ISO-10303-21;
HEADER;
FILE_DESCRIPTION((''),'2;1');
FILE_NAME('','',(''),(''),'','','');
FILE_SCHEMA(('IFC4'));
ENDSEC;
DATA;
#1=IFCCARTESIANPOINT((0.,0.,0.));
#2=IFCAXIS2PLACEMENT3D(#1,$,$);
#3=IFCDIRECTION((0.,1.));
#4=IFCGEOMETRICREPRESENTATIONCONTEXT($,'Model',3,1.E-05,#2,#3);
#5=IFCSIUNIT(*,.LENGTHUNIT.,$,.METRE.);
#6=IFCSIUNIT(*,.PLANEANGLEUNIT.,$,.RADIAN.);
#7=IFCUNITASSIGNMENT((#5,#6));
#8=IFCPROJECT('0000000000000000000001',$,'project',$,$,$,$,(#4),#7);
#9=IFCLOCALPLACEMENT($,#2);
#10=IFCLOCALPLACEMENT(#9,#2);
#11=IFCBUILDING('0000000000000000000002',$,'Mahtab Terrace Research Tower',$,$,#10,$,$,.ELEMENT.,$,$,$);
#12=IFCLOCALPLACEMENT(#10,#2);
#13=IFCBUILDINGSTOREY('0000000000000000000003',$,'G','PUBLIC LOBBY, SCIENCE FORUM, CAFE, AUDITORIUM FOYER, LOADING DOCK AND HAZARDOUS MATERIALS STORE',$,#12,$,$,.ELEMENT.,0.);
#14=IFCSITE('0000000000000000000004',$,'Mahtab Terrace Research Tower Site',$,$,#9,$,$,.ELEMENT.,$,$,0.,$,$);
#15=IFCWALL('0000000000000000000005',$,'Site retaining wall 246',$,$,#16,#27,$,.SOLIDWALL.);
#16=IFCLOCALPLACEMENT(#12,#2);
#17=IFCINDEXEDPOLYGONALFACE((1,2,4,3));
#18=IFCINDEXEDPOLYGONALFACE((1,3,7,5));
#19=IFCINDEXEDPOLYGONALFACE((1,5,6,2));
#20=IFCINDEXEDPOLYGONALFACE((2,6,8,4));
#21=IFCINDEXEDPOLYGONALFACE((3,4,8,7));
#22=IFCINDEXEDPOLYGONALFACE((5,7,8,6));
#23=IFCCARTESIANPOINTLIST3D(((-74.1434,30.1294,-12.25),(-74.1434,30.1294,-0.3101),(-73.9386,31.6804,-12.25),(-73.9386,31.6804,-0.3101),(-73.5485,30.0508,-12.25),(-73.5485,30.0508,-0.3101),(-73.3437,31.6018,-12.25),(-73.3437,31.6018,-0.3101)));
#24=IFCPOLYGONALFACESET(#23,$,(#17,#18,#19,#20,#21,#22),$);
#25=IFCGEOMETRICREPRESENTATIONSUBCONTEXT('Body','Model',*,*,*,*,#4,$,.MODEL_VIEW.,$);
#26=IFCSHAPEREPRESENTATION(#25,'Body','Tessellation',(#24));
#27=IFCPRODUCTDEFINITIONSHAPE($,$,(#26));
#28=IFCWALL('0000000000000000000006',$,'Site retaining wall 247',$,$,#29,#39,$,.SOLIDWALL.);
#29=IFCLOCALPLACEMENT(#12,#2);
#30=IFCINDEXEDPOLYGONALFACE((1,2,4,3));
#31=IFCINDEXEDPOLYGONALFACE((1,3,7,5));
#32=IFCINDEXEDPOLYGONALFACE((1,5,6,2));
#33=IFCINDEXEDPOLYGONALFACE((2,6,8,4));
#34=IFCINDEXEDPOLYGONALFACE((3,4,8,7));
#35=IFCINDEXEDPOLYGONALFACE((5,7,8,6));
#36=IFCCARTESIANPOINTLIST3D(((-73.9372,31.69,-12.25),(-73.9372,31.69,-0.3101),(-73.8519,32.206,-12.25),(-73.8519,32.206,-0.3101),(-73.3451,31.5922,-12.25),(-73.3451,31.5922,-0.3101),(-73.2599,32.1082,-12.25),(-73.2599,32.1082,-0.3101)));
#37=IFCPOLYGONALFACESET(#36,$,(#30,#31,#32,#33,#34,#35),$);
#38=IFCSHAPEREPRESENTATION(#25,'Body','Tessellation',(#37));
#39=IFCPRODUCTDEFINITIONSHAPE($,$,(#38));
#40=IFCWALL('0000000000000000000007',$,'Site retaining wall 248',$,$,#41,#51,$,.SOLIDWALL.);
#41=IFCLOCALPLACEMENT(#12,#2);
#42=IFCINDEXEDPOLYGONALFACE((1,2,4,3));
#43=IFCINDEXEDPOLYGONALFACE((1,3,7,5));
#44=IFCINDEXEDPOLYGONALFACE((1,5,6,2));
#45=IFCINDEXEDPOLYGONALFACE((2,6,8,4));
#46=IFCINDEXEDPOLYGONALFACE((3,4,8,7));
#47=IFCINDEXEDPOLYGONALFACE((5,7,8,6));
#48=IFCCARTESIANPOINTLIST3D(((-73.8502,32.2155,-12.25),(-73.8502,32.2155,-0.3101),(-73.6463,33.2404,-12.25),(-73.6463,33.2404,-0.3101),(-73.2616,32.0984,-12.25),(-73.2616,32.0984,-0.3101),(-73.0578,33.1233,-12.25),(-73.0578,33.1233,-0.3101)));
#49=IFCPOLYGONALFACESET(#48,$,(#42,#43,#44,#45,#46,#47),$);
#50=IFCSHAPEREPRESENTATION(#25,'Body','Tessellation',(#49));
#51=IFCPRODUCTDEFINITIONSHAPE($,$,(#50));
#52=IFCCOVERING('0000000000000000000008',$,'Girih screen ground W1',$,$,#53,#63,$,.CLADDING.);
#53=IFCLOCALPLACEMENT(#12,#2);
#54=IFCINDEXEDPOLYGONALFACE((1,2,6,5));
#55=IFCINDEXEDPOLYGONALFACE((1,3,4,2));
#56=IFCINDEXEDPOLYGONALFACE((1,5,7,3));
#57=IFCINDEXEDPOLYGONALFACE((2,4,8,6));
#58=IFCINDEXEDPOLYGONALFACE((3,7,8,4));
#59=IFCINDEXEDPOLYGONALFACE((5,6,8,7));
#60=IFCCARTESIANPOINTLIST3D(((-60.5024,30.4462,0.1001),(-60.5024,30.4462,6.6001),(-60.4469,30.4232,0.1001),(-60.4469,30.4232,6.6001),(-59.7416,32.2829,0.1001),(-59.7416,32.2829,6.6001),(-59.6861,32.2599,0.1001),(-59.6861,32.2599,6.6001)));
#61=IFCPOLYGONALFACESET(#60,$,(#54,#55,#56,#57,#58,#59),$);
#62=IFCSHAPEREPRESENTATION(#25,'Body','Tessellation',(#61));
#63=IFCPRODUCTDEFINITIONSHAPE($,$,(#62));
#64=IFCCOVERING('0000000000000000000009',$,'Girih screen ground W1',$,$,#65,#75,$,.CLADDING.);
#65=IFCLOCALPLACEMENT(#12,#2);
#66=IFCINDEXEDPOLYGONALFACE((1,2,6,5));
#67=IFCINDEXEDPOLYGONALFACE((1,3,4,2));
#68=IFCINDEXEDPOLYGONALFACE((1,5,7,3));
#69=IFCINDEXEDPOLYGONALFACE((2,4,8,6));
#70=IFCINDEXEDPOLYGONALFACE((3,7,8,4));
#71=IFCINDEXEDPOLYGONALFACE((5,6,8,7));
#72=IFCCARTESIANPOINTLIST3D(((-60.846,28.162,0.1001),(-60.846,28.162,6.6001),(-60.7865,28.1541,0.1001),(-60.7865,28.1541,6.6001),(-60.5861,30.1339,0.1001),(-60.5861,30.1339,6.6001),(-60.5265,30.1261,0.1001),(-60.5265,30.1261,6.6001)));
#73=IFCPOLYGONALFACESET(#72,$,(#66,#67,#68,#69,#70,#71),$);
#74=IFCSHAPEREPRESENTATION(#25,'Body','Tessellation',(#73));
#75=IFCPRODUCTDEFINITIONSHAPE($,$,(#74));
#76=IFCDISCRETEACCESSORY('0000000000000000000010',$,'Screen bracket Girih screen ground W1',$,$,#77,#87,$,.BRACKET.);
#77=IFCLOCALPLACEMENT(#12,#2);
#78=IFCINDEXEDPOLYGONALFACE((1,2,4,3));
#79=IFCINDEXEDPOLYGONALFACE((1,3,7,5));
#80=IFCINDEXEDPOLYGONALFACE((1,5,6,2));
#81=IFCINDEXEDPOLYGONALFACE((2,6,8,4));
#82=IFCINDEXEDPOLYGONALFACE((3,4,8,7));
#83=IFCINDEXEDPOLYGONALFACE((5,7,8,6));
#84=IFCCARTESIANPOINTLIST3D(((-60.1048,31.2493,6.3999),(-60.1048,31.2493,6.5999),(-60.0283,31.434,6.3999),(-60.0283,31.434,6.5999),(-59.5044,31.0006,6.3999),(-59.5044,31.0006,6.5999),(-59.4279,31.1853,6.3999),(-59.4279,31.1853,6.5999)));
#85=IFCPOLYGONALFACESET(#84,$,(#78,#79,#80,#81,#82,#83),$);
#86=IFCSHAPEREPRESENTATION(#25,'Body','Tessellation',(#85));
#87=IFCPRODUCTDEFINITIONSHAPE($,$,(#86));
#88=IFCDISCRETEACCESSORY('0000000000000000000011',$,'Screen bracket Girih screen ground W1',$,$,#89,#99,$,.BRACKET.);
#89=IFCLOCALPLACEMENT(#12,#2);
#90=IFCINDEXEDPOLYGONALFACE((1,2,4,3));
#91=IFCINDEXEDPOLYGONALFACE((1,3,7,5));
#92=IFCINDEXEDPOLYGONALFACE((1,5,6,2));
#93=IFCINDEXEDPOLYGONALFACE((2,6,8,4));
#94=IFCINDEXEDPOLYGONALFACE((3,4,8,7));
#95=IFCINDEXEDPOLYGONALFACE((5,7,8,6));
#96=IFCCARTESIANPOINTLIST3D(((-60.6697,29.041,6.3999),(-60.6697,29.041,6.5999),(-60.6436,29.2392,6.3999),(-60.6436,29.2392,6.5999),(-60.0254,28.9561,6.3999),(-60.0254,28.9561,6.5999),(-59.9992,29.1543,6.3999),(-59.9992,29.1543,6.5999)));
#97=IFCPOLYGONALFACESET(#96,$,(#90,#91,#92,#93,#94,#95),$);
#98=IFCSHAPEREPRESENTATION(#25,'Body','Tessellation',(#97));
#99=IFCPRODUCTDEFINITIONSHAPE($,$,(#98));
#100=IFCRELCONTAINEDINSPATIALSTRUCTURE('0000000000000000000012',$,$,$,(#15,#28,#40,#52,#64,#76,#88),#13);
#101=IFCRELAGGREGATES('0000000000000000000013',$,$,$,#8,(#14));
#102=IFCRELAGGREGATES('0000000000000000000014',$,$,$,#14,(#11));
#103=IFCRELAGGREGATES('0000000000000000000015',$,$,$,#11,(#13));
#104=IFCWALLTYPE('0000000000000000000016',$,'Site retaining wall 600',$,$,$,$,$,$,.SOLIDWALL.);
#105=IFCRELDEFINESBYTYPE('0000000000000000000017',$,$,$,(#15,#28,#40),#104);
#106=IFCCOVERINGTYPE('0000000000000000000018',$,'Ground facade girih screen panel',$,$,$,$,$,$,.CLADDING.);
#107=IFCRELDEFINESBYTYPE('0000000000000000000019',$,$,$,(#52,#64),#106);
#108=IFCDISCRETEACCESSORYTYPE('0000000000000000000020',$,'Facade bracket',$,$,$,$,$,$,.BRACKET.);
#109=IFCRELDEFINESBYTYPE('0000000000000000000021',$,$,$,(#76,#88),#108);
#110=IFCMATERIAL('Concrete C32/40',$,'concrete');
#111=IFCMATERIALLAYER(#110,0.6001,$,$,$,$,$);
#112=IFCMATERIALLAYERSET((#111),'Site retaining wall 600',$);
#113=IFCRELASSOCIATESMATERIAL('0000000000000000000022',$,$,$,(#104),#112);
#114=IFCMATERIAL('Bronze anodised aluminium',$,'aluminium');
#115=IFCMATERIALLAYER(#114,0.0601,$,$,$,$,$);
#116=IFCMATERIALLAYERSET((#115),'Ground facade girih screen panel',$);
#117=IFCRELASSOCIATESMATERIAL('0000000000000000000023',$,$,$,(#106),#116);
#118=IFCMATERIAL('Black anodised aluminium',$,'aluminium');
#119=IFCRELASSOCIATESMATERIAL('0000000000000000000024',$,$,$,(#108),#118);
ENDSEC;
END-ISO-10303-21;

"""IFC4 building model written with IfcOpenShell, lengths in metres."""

from ifc_helpers import new_model, si_unit, direction, frame, frame_2d, origin, origin_2d, place, context, subcontext, project, spatial, rectangle, extrude, material, layer, layer_set, type_object, element, save


model = new_model("IFC4")

# Units and contexts
model_context = context("Model", 3, precision=1e-05, world=origin(), true_north=direction((0.0, 1.0)))
body_context = subcontext(model_context, "Body", "Model", "MODEL_VIEW")
ifc_project = project(units=[si_unit("LENGTHUNIT", "METRE"), si_unit("PLANEANGLEUNIT", "RADIAN")], contexts=[model_context])

# Site, building, storey
site_placement = place(None, origin())
site = spatial("IfcSite", under=ifc_project, at=site_placement, Name="Mahtab Terrace Research Tower Site", CompositionType="ELEMENT", RefElevation=0.0)
building_placement = place(site_placement, origin())
building = spatial("IfcBuilding", under=site, at=building_placement, Name="Mahtab Terrace Research Tower", CompositionType="ELEMENT")
storey_placement = place(building_placement, origin())
storey = spatial("IfcBuildingStorey", under=building, at=storey_placement, Name="G", Description="PUBLIC LOBBY, SCIENCE FORUM, CAFE, AUDITORIUM FOYER, LOADING DOCK AND HAZARDOUS MATERIALS STORE", CompositionType="ELEMENT", Elevation=0.0)

# Walls
ifc_material_1 = material(Name="Concrete C32/40", Category="concrete")
ifc_layer_1 = layer(ifc_material_1, 0.6001)
ifc_layer_set_1 = layer_set([ifc_layer_1], Name="Site retaining wall 600")
wall_type = type_object("IfcWallType", Name="Site retaining wall 600", PredefinedType="SOLIDWALL", material=ifc_layer_set_1)
wall_1_placement = place(storey_placement, frame((-73.8459, 30.0901, -12.25), z_axis=(0.0, 0.0, 1.0), x_axis=(0.130927, 0.991392, 0.0)))
element("IfcWall", 1, at=wall_1_placement, inside=storey, type_object=wall_type, Name="Site retaining wall 246", PredefinedType="SOLIDWALL", context=body_context, shape_type="SweptSolid", body=[
    extrude(rectangle(XDim=1.5645, YDim=0.6001, at=frame_2d((0.7822, 0.0))), origin(), (0.0, 0.0, 1.0), 11.9399),
])
wall_2_placement = place(storey_placement, frame((-73.6411, 31.6411, -12.25), z_axis=(0.0, 0.0, 1.0), x_axis=(0.16296, 0.986633, 0.0)))
element("IfcWall", 2, at=wall_2_placement, inside=storey, type_object=wall_type, Name="Site retaining wall 247", PredefinedType="SOLIDWALL", context=body_context, shape_type="SweptSolid", body=[
    extrude(rectangle(XDim=0.5229, YDim=0.6001, at=frame_2d((0.2615, 0.0))), origin(), (0.0, 0.0, 1.0), 11.9399),
])
wall_3_placement = place(storey_placement, frame((-73.5559, 32.157, -12.25), z_axis=(0.0, 0.0, 1.0), x_axis=(0.195083, 0.980787, 0.0)))
element("IfcWall", 3, at=wall_3_placement, inside=storey, type_object=wall_type, Name="Site retaining wall 248", PredefinedType="SOLIDWALL", context=body_context, shape_type="SweptSolid", body=[
    extrude(rectangle(XDim=1.0449, YDim=0.6001, at=frame_2d((0.5225, 0.0))), origin(), (0.0, 0.0, 1.0), 11.9399),
])

# Coverings
ifc_material_2 = material(Name="Bronze anodised aluminium", Category="aluminium")
ifc_layer_2 = layer(ifc_material_2, 0.0601)
ifc_layer_set_2 = layer_set([ifc_layer_2], Name="Ground facade girih screen panel")
covering_type = type_object("IfcCoveringType", Name="Ground facade girih screen panel", PredefinedType="CLADDING", material=ifc_layer_set_2)
covering_1_placement = place(storey_placement, frame((-60.0942, 31.353, 0.1001), z_axis=(0.0, 0.0, 1.0), x_axis=(-0.382676, -0.923883, 0.0)))
element("IfcCovering", 4, at=covering_1_placement, inside=storey, type_object=covering_type, Name="Girih screen ground W1", PredefinedType="CLADDING", context=body_context, shape_type="SweptSolid", body=[
    extrude(rectangle(XDim=1.988, YDim=0.0601, at=origin_2d()), origin(), (0.0, 0.0, 1.0), 6.5),
])
covering_2_placement = place(storey_placement, frame((-60.6863, 29.144, 0.1001), z_axis=(0.0, 0.0, 1.0), x_axis=(-0.13069, -0.991423, 0.0)))
element("IfcCovering", 5, at=covering_2_placement, inside=storey, type_object=covering_type, Name="Girih screen ground W1", PredefinedType="CLADDING", context=body_context, shape_type="SweptSolid", body=[
    extrude(rectangle(XDim=1.989, YDim=0.0601, at=origin_2d()), origin(), (0.0, 0.0, 1.0), 6.5),
])

# Discrete accessories
ifc_material_3 = material(Name="Black anodised aluminium", Category="aluminium")
discrete_accessory_type = type_object("IfcDiscreteAccessoryType", Name="Facade bracket", PredefinedType="BRACKET", material=ifc_material_3)
for number, where, z_axis, x_axis, name in (
    (6, (-59.7664, 31.2173, 6.3999), (0.0, 0.0, 1.0), (-0.382676, -0.923883, 0.0), "Screen bracket Girih screen ground W1"),
    (7, (-60.3345, 29.0977, 6.3999), (0.0, 0.0, 1.0), (-0.13069, -0.991423, 0.0), "Screen bracket Girih screen ground W1"),
):
    element("IfcDiscreteAccessory", number, at=place(storey_placement, frame(where, z_axis=z_axis, x_axis=x_axis)), inside=storey, type_object=discrete_accessory_type, Name=name, PredefinedType="BRACKET", context=body_context, shape_type="SweptSolid", body=[
        extrude(rectangle(XDim=0.2, YDim=0.6499, at=origin_2d()), origin(), (0.0, 0.0, 1.0), 0.2),
    ])

save(model, "model.ifc")
